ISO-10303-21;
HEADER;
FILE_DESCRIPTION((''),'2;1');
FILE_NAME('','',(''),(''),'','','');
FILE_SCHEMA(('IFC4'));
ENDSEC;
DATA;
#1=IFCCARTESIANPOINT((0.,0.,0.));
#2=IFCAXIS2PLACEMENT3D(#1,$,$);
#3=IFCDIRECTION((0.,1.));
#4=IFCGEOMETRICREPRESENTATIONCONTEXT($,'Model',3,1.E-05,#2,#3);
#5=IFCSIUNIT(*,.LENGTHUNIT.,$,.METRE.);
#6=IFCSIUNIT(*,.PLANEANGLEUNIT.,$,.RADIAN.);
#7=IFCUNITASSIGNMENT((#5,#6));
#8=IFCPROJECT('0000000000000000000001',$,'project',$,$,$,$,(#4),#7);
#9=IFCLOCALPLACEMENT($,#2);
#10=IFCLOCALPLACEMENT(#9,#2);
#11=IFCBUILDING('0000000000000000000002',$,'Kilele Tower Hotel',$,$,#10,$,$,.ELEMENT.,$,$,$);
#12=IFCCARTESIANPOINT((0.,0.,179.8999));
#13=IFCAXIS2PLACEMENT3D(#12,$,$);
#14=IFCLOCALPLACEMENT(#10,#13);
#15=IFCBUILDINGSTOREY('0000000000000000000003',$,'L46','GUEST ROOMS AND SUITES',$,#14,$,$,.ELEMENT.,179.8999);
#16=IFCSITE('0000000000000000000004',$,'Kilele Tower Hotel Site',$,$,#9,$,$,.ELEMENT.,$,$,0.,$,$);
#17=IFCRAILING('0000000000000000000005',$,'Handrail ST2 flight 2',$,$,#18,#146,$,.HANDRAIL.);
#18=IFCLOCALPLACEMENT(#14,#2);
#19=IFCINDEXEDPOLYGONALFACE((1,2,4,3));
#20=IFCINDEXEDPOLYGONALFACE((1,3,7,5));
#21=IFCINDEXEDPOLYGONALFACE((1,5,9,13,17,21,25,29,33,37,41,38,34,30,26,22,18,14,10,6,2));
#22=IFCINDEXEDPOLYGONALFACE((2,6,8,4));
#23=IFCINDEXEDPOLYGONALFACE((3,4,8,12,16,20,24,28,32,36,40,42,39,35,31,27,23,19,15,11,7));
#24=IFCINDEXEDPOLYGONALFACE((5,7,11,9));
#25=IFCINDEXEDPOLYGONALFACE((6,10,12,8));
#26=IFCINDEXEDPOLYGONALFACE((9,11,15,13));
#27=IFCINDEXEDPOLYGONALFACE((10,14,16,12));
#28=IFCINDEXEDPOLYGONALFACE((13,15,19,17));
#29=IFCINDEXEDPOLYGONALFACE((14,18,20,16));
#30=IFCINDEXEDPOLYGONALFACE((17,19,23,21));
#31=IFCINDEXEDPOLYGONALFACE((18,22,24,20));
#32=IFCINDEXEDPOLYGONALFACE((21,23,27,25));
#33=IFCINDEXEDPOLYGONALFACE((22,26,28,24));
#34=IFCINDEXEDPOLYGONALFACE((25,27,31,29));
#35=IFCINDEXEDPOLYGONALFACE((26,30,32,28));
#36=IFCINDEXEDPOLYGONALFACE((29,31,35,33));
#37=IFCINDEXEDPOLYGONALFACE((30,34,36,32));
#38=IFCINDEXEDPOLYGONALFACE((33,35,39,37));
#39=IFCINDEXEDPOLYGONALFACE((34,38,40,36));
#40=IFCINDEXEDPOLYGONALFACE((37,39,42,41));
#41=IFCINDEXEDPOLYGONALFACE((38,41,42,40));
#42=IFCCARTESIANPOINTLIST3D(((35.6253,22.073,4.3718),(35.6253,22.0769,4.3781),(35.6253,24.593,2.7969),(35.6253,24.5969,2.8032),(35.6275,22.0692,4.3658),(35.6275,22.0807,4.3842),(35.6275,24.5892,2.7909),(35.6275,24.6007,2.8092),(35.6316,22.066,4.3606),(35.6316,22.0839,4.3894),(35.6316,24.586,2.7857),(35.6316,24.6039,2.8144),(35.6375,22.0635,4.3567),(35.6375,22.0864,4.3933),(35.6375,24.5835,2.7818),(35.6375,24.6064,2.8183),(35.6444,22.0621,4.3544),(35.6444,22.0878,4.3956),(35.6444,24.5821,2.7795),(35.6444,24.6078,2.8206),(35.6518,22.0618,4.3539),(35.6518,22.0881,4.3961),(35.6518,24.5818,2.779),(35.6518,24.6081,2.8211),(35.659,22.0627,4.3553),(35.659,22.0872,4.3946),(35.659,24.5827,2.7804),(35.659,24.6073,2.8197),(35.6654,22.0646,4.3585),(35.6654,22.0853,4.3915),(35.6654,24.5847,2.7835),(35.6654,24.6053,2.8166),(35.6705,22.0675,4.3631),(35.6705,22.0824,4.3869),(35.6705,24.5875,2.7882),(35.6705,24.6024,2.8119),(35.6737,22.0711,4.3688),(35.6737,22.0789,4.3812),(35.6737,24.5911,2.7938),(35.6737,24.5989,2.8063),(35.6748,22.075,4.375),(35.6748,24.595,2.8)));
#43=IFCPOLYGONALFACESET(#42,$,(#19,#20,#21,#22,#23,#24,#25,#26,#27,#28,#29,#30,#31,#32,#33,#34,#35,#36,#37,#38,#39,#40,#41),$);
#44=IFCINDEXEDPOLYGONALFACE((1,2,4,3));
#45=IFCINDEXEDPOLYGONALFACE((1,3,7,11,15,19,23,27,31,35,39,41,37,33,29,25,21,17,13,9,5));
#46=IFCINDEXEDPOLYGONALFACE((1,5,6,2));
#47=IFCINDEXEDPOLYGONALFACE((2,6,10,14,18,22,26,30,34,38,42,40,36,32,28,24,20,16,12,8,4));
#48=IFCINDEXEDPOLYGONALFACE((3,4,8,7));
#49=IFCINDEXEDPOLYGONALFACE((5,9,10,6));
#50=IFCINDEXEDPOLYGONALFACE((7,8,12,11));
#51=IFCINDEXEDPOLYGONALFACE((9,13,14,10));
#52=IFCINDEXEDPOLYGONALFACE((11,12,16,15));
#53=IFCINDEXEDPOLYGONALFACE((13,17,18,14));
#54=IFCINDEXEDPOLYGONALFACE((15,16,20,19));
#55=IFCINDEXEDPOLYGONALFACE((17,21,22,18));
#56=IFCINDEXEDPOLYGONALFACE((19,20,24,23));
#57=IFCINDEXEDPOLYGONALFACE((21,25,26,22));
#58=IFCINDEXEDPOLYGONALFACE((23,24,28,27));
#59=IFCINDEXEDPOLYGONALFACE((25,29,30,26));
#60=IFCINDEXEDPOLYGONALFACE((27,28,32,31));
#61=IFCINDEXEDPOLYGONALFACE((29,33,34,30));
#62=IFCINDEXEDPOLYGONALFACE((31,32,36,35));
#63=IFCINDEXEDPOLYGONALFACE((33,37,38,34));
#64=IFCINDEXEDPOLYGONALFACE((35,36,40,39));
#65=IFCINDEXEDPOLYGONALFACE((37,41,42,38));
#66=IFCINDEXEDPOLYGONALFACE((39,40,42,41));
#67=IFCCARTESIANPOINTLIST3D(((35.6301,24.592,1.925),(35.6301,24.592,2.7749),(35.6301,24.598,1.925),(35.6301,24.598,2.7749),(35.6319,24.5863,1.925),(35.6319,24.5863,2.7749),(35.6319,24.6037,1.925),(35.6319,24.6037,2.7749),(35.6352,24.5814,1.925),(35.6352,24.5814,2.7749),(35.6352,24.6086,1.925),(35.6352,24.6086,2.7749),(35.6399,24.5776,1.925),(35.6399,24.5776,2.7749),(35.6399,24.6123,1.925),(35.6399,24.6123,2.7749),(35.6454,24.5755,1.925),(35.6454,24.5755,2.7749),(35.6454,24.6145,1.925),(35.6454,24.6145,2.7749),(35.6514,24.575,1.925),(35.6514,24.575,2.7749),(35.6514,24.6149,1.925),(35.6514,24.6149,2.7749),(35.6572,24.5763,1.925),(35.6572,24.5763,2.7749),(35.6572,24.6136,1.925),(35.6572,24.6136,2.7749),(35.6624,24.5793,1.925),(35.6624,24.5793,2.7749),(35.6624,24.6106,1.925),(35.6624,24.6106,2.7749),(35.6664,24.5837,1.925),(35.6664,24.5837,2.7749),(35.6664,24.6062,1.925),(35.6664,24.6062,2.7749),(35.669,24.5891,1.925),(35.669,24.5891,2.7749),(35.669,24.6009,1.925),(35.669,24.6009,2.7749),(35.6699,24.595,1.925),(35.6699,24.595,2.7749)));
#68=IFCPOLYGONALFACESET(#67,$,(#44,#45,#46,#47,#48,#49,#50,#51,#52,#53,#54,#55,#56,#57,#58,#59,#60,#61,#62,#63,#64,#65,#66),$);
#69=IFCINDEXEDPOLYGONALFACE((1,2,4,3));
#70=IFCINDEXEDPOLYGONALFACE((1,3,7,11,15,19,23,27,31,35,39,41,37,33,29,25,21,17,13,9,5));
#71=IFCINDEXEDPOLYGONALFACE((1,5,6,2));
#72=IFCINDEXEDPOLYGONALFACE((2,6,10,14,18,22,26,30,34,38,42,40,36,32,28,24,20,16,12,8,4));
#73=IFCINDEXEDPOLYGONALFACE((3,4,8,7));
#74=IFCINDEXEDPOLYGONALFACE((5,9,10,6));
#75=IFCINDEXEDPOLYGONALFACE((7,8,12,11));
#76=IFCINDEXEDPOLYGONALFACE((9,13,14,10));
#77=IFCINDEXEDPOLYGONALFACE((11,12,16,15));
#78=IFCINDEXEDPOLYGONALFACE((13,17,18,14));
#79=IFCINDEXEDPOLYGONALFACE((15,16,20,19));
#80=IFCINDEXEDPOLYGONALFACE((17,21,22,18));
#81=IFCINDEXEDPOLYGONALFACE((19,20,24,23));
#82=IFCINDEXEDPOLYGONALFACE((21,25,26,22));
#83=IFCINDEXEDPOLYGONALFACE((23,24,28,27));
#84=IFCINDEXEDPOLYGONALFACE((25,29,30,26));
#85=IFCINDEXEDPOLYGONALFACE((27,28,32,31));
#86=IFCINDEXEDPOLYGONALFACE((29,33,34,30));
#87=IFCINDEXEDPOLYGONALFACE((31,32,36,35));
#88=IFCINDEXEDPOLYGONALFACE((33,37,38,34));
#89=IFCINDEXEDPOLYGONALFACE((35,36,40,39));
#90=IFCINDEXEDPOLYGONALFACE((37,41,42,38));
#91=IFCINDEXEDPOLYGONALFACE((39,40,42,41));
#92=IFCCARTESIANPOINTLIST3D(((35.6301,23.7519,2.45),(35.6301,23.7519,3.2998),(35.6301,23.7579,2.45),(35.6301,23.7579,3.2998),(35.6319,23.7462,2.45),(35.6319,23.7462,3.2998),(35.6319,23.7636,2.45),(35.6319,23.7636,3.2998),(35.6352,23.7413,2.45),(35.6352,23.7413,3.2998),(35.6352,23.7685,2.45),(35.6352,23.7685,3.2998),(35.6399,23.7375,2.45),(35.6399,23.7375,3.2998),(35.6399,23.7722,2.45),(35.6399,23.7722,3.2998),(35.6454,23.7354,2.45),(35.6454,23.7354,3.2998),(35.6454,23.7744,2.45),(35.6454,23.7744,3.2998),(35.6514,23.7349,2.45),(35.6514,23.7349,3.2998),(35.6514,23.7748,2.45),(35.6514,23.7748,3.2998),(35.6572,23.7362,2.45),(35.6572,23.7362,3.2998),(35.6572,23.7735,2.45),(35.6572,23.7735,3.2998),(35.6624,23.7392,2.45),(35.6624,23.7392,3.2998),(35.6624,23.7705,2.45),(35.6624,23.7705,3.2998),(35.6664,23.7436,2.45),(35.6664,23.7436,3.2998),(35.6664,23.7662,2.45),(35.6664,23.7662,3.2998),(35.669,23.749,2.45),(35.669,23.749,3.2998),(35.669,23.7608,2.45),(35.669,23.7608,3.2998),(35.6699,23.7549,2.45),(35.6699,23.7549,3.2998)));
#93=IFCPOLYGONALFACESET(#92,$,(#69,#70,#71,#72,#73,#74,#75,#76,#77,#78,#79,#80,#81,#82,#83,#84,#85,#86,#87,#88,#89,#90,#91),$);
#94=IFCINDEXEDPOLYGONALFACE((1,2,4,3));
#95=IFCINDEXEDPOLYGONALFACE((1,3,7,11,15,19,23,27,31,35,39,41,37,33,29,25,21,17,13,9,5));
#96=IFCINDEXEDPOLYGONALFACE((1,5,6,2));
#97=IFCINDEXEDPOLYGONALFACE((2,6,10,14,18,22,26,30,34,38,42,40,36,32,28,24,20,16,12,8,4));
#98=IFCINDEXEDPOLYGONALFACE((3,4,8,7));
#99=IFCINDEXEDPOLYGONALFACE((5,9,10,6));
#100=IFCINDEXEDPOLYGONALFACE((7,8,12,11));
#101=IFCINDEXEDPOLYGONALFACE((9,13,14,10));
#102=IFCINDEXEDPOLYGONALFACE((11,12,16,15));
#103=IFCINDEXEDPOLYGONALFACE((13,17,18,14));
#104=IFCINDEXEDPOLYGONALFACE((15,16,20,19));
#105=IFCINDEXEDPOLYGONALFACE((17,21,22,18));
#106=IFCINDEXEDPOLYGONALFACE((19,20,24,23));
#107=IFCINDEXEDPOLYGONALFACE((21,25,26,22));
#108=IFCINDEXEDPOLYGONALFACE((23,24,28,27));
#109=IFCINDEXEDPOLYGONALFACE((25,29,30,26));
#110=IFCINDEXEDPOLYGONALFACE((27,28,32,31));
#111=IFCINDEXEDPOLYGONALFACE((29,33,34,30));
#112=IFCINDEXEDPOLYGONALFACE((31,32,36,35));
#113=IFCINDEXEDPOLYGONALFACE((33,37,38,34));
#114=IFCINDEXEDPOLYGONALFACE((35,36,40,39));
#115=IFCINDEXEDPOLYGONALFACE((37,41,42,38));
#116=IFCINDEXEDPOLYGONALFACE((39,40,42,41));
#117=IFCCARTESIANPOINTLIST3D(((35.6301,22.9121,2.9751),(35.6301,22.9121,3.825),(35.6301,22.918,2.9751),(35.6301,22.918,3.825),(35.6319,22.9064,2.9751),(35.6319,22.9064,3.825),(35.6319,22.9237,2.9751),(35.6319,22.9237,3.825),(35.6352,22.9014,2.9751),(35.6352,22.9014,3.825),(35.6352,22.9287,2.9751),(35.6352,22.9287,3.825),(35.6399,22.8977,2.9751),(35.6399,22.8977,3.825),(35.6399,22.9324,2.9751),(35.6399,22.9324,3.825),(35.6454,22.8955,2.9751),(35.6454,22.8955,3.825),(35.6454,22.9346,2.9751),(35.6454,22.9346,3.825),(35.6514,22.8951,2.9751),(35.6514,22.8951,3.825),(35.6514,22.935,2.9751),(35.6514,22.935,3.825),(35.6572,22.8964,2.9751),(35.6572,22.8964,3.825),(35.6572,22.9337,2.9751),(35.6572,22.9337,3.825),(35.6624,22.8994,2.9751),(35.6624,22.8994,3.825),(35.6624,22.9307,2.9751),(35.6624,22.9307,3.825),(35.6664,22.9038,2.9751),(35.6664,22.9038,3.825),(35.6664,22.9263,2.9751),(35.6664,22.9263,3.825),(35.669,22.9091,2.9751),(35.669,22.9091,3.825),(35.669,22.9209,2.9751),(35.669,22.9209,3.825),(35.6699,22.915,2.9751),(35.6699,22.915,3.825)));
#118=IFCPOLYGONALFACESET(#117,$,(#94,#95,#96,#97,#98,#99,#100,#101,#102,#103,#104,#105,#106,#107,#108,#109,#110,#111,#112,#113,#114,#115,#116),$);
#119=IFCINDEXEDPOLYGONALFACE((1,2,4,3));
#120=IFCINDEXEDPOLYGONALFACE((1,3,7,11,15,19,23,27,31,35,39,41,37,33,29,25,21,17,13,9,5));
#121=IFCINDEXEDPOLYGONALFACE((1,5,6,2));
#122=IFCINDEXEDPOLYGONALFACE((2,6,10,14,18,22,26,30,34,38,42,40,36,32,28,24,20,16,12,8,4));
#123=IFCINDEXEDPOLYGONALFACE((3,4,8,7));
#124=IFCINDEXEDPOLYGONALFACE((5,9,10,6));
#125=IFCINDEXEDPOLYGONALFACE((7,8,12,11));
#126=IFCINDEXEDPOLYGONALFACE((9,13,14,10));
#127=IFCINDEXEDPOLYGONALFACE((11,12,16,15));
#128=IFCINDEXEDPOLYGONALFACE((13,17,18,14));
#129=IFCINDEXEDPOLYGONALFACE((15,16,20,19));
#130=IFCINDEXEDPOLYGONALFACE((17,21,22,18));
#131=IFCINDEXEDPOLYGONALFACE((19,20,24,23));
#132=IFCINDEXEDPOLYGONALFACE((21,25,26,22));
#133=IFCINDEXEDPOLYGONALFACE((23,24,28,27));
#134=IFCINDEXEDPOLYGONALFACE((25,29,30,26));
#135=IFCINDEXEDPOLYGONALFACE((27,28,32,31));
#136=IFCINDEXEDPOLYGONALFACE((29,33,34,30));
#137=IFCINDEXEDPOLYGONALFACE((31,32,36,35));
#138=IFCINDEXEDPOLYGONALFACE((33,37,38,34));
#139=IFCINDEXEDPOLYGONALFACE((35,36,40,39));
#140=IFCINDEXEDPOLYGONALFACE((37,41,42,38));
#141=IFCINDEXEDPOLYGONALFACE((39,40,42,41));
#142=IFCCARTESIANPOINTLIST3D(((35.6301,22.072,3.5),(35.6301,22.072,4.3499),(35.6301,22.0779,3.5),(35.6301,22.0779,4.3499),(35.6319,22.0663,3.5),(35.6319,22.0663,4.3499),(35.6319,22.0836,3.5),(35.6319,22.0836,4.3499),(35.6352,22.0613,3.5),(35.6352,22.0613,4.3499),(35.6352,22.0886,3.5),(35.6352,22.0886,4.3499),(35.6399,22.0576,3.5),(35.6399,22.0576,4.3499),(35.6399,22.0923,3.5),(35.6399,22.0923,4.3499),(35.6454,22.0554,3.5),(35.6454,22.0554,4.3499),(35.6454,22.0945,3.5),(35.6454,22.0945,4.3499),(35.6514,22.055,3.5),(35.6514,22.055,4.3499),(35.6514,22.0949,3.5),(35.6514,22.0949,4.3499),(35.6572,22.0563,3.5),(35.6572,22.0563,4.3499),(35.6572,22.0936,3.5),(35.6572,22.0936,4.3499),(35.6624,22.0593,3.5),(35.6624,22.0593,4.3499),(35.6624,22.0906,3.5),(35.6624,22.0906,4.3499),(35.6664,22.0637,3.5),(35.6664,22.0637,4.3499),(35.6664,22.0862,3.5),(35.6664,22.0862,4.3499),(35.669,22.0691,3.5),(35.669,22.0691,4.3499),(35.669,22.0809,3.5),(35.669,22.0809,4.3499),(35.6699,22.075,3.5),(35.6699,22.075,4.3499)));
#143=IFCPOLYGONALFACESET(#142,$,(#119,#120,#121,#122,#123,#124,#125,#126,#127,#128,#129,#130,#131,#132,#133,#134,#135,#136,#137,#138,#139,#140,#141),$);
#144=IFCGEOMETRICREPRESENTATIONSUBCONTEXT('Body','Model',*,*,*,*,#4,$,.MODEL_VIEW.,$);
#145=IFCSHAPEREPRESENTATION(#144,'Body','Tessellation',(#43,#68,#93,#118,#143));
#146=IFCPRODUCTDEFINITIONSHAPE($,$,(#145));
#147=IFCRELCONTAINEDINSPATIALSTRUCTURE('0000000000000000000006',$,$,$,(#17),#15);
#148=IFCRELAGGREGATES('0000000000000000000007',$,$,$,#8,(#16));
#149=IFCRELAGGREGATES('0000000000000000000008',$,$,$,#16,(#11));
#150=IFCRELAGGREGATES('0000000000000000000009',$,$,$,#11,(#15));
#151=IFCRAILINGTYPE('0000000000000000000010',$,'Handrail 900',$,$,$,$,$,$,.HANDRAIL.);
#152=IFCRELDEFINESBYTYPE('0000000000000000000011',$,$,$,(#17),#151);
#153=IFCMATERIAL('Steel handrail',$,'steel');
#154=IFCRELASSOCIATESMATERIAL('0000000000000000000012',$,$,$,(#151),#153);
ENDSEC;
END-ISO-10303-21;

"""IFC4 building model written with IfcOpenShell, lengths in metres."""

from ifc_helpers import new_model, si_unit, direction, frame, origin, origin_2d, place, context, subcontext, project, spatial, circle, extrude, material, type_object, element, save


model = new_model("IFC4")

# Units and contexts
model_context = context("Model", 3, precision=1e-05, world=origin(), true_north=direction((0.0, 1.0)))
body_context = subcontext(model_context, "Body", "Model", "MODEL_VIEW")
ifc_project = project(units=[si_unit("LENGTHUNIT", "METRE"), si_unit("PLANEANGLEUNIT", "RADIAN")], contexts=[model_context])

# Site, building, storey
site_placement = place(None, origin())
site = spatial("IfcSite", under=ifc_project, at=site_placement, Name="Kilele Tower Hotel Site", CompositionType="ELEMENT", RefElevation=0.0)
building_placement = place(site_placement, origin())
building = spatial("IfcBuilding", under=site, at=building_placement, Name="Kilele Tower Hotel", CompositionType="ELEMENT")
storey_placement = place(building_placement, frame((0.0, 0.0, 179.8999)))
storey = spatial("IfcBuildingStorey", under=building, at=storey_placement, Name="L46", Description="GUEST ROOMS AND SUITES", CompositionType="ELEMENT", Elevation=179.8999)

# Railing
ifc_material_1 = material(Name="Steel handrail", Category="steel")
railing_type_1 = type_object("IfcRailingType", Name="Handrail 900", PredefinedType="HANDRAIL", material=ifc_material_1)
for number, where, name in (
    (1, (35.6499, 24.595, 1.925), "Handrail ST2 flight 2"),
):
    element("IfcRailing", number, at=place(storey_placement, frame(where)), inside=storey, type_object=railing_type_1, Name=name, PredefinedType="HANDRAIL", context=body_context, shape_type="SweptSolid", body=[
        extrude(circle(Radius=0.0249, at=origin_2d()), frame((0.0, 0.0, 0.875), z_axis=(0.0, -0.848008, 0.529984), x_axis=(1.0, 0.0, 0.0)), (0.0, 0.0, 1.0), 2.9717),
        extrude(circle(Radius=0.02, at=origin_2d()), origin(), (0.0, 0.0, 1.0), 0.8499),
        extrude(circle(Radius=0.02, at=origin_2d()), frame((0.0, -0.8401, 0.5249)), (0.0, 0.0, 1.0), 0.8499),
        extrude(circle(Radius=0.02, at=origin_2d()), frame((0.0, -1.6799, 1.05)), (0.0, 0.0, 1.0), 0.8499),
        extrude(circle(Radius=0.02, at=origin_2d()), frame((0.0, -2.52, 1.575)), (0.0, 0.0, 1.0), 0.8499),
    ])

save(model, "model.ifc")
